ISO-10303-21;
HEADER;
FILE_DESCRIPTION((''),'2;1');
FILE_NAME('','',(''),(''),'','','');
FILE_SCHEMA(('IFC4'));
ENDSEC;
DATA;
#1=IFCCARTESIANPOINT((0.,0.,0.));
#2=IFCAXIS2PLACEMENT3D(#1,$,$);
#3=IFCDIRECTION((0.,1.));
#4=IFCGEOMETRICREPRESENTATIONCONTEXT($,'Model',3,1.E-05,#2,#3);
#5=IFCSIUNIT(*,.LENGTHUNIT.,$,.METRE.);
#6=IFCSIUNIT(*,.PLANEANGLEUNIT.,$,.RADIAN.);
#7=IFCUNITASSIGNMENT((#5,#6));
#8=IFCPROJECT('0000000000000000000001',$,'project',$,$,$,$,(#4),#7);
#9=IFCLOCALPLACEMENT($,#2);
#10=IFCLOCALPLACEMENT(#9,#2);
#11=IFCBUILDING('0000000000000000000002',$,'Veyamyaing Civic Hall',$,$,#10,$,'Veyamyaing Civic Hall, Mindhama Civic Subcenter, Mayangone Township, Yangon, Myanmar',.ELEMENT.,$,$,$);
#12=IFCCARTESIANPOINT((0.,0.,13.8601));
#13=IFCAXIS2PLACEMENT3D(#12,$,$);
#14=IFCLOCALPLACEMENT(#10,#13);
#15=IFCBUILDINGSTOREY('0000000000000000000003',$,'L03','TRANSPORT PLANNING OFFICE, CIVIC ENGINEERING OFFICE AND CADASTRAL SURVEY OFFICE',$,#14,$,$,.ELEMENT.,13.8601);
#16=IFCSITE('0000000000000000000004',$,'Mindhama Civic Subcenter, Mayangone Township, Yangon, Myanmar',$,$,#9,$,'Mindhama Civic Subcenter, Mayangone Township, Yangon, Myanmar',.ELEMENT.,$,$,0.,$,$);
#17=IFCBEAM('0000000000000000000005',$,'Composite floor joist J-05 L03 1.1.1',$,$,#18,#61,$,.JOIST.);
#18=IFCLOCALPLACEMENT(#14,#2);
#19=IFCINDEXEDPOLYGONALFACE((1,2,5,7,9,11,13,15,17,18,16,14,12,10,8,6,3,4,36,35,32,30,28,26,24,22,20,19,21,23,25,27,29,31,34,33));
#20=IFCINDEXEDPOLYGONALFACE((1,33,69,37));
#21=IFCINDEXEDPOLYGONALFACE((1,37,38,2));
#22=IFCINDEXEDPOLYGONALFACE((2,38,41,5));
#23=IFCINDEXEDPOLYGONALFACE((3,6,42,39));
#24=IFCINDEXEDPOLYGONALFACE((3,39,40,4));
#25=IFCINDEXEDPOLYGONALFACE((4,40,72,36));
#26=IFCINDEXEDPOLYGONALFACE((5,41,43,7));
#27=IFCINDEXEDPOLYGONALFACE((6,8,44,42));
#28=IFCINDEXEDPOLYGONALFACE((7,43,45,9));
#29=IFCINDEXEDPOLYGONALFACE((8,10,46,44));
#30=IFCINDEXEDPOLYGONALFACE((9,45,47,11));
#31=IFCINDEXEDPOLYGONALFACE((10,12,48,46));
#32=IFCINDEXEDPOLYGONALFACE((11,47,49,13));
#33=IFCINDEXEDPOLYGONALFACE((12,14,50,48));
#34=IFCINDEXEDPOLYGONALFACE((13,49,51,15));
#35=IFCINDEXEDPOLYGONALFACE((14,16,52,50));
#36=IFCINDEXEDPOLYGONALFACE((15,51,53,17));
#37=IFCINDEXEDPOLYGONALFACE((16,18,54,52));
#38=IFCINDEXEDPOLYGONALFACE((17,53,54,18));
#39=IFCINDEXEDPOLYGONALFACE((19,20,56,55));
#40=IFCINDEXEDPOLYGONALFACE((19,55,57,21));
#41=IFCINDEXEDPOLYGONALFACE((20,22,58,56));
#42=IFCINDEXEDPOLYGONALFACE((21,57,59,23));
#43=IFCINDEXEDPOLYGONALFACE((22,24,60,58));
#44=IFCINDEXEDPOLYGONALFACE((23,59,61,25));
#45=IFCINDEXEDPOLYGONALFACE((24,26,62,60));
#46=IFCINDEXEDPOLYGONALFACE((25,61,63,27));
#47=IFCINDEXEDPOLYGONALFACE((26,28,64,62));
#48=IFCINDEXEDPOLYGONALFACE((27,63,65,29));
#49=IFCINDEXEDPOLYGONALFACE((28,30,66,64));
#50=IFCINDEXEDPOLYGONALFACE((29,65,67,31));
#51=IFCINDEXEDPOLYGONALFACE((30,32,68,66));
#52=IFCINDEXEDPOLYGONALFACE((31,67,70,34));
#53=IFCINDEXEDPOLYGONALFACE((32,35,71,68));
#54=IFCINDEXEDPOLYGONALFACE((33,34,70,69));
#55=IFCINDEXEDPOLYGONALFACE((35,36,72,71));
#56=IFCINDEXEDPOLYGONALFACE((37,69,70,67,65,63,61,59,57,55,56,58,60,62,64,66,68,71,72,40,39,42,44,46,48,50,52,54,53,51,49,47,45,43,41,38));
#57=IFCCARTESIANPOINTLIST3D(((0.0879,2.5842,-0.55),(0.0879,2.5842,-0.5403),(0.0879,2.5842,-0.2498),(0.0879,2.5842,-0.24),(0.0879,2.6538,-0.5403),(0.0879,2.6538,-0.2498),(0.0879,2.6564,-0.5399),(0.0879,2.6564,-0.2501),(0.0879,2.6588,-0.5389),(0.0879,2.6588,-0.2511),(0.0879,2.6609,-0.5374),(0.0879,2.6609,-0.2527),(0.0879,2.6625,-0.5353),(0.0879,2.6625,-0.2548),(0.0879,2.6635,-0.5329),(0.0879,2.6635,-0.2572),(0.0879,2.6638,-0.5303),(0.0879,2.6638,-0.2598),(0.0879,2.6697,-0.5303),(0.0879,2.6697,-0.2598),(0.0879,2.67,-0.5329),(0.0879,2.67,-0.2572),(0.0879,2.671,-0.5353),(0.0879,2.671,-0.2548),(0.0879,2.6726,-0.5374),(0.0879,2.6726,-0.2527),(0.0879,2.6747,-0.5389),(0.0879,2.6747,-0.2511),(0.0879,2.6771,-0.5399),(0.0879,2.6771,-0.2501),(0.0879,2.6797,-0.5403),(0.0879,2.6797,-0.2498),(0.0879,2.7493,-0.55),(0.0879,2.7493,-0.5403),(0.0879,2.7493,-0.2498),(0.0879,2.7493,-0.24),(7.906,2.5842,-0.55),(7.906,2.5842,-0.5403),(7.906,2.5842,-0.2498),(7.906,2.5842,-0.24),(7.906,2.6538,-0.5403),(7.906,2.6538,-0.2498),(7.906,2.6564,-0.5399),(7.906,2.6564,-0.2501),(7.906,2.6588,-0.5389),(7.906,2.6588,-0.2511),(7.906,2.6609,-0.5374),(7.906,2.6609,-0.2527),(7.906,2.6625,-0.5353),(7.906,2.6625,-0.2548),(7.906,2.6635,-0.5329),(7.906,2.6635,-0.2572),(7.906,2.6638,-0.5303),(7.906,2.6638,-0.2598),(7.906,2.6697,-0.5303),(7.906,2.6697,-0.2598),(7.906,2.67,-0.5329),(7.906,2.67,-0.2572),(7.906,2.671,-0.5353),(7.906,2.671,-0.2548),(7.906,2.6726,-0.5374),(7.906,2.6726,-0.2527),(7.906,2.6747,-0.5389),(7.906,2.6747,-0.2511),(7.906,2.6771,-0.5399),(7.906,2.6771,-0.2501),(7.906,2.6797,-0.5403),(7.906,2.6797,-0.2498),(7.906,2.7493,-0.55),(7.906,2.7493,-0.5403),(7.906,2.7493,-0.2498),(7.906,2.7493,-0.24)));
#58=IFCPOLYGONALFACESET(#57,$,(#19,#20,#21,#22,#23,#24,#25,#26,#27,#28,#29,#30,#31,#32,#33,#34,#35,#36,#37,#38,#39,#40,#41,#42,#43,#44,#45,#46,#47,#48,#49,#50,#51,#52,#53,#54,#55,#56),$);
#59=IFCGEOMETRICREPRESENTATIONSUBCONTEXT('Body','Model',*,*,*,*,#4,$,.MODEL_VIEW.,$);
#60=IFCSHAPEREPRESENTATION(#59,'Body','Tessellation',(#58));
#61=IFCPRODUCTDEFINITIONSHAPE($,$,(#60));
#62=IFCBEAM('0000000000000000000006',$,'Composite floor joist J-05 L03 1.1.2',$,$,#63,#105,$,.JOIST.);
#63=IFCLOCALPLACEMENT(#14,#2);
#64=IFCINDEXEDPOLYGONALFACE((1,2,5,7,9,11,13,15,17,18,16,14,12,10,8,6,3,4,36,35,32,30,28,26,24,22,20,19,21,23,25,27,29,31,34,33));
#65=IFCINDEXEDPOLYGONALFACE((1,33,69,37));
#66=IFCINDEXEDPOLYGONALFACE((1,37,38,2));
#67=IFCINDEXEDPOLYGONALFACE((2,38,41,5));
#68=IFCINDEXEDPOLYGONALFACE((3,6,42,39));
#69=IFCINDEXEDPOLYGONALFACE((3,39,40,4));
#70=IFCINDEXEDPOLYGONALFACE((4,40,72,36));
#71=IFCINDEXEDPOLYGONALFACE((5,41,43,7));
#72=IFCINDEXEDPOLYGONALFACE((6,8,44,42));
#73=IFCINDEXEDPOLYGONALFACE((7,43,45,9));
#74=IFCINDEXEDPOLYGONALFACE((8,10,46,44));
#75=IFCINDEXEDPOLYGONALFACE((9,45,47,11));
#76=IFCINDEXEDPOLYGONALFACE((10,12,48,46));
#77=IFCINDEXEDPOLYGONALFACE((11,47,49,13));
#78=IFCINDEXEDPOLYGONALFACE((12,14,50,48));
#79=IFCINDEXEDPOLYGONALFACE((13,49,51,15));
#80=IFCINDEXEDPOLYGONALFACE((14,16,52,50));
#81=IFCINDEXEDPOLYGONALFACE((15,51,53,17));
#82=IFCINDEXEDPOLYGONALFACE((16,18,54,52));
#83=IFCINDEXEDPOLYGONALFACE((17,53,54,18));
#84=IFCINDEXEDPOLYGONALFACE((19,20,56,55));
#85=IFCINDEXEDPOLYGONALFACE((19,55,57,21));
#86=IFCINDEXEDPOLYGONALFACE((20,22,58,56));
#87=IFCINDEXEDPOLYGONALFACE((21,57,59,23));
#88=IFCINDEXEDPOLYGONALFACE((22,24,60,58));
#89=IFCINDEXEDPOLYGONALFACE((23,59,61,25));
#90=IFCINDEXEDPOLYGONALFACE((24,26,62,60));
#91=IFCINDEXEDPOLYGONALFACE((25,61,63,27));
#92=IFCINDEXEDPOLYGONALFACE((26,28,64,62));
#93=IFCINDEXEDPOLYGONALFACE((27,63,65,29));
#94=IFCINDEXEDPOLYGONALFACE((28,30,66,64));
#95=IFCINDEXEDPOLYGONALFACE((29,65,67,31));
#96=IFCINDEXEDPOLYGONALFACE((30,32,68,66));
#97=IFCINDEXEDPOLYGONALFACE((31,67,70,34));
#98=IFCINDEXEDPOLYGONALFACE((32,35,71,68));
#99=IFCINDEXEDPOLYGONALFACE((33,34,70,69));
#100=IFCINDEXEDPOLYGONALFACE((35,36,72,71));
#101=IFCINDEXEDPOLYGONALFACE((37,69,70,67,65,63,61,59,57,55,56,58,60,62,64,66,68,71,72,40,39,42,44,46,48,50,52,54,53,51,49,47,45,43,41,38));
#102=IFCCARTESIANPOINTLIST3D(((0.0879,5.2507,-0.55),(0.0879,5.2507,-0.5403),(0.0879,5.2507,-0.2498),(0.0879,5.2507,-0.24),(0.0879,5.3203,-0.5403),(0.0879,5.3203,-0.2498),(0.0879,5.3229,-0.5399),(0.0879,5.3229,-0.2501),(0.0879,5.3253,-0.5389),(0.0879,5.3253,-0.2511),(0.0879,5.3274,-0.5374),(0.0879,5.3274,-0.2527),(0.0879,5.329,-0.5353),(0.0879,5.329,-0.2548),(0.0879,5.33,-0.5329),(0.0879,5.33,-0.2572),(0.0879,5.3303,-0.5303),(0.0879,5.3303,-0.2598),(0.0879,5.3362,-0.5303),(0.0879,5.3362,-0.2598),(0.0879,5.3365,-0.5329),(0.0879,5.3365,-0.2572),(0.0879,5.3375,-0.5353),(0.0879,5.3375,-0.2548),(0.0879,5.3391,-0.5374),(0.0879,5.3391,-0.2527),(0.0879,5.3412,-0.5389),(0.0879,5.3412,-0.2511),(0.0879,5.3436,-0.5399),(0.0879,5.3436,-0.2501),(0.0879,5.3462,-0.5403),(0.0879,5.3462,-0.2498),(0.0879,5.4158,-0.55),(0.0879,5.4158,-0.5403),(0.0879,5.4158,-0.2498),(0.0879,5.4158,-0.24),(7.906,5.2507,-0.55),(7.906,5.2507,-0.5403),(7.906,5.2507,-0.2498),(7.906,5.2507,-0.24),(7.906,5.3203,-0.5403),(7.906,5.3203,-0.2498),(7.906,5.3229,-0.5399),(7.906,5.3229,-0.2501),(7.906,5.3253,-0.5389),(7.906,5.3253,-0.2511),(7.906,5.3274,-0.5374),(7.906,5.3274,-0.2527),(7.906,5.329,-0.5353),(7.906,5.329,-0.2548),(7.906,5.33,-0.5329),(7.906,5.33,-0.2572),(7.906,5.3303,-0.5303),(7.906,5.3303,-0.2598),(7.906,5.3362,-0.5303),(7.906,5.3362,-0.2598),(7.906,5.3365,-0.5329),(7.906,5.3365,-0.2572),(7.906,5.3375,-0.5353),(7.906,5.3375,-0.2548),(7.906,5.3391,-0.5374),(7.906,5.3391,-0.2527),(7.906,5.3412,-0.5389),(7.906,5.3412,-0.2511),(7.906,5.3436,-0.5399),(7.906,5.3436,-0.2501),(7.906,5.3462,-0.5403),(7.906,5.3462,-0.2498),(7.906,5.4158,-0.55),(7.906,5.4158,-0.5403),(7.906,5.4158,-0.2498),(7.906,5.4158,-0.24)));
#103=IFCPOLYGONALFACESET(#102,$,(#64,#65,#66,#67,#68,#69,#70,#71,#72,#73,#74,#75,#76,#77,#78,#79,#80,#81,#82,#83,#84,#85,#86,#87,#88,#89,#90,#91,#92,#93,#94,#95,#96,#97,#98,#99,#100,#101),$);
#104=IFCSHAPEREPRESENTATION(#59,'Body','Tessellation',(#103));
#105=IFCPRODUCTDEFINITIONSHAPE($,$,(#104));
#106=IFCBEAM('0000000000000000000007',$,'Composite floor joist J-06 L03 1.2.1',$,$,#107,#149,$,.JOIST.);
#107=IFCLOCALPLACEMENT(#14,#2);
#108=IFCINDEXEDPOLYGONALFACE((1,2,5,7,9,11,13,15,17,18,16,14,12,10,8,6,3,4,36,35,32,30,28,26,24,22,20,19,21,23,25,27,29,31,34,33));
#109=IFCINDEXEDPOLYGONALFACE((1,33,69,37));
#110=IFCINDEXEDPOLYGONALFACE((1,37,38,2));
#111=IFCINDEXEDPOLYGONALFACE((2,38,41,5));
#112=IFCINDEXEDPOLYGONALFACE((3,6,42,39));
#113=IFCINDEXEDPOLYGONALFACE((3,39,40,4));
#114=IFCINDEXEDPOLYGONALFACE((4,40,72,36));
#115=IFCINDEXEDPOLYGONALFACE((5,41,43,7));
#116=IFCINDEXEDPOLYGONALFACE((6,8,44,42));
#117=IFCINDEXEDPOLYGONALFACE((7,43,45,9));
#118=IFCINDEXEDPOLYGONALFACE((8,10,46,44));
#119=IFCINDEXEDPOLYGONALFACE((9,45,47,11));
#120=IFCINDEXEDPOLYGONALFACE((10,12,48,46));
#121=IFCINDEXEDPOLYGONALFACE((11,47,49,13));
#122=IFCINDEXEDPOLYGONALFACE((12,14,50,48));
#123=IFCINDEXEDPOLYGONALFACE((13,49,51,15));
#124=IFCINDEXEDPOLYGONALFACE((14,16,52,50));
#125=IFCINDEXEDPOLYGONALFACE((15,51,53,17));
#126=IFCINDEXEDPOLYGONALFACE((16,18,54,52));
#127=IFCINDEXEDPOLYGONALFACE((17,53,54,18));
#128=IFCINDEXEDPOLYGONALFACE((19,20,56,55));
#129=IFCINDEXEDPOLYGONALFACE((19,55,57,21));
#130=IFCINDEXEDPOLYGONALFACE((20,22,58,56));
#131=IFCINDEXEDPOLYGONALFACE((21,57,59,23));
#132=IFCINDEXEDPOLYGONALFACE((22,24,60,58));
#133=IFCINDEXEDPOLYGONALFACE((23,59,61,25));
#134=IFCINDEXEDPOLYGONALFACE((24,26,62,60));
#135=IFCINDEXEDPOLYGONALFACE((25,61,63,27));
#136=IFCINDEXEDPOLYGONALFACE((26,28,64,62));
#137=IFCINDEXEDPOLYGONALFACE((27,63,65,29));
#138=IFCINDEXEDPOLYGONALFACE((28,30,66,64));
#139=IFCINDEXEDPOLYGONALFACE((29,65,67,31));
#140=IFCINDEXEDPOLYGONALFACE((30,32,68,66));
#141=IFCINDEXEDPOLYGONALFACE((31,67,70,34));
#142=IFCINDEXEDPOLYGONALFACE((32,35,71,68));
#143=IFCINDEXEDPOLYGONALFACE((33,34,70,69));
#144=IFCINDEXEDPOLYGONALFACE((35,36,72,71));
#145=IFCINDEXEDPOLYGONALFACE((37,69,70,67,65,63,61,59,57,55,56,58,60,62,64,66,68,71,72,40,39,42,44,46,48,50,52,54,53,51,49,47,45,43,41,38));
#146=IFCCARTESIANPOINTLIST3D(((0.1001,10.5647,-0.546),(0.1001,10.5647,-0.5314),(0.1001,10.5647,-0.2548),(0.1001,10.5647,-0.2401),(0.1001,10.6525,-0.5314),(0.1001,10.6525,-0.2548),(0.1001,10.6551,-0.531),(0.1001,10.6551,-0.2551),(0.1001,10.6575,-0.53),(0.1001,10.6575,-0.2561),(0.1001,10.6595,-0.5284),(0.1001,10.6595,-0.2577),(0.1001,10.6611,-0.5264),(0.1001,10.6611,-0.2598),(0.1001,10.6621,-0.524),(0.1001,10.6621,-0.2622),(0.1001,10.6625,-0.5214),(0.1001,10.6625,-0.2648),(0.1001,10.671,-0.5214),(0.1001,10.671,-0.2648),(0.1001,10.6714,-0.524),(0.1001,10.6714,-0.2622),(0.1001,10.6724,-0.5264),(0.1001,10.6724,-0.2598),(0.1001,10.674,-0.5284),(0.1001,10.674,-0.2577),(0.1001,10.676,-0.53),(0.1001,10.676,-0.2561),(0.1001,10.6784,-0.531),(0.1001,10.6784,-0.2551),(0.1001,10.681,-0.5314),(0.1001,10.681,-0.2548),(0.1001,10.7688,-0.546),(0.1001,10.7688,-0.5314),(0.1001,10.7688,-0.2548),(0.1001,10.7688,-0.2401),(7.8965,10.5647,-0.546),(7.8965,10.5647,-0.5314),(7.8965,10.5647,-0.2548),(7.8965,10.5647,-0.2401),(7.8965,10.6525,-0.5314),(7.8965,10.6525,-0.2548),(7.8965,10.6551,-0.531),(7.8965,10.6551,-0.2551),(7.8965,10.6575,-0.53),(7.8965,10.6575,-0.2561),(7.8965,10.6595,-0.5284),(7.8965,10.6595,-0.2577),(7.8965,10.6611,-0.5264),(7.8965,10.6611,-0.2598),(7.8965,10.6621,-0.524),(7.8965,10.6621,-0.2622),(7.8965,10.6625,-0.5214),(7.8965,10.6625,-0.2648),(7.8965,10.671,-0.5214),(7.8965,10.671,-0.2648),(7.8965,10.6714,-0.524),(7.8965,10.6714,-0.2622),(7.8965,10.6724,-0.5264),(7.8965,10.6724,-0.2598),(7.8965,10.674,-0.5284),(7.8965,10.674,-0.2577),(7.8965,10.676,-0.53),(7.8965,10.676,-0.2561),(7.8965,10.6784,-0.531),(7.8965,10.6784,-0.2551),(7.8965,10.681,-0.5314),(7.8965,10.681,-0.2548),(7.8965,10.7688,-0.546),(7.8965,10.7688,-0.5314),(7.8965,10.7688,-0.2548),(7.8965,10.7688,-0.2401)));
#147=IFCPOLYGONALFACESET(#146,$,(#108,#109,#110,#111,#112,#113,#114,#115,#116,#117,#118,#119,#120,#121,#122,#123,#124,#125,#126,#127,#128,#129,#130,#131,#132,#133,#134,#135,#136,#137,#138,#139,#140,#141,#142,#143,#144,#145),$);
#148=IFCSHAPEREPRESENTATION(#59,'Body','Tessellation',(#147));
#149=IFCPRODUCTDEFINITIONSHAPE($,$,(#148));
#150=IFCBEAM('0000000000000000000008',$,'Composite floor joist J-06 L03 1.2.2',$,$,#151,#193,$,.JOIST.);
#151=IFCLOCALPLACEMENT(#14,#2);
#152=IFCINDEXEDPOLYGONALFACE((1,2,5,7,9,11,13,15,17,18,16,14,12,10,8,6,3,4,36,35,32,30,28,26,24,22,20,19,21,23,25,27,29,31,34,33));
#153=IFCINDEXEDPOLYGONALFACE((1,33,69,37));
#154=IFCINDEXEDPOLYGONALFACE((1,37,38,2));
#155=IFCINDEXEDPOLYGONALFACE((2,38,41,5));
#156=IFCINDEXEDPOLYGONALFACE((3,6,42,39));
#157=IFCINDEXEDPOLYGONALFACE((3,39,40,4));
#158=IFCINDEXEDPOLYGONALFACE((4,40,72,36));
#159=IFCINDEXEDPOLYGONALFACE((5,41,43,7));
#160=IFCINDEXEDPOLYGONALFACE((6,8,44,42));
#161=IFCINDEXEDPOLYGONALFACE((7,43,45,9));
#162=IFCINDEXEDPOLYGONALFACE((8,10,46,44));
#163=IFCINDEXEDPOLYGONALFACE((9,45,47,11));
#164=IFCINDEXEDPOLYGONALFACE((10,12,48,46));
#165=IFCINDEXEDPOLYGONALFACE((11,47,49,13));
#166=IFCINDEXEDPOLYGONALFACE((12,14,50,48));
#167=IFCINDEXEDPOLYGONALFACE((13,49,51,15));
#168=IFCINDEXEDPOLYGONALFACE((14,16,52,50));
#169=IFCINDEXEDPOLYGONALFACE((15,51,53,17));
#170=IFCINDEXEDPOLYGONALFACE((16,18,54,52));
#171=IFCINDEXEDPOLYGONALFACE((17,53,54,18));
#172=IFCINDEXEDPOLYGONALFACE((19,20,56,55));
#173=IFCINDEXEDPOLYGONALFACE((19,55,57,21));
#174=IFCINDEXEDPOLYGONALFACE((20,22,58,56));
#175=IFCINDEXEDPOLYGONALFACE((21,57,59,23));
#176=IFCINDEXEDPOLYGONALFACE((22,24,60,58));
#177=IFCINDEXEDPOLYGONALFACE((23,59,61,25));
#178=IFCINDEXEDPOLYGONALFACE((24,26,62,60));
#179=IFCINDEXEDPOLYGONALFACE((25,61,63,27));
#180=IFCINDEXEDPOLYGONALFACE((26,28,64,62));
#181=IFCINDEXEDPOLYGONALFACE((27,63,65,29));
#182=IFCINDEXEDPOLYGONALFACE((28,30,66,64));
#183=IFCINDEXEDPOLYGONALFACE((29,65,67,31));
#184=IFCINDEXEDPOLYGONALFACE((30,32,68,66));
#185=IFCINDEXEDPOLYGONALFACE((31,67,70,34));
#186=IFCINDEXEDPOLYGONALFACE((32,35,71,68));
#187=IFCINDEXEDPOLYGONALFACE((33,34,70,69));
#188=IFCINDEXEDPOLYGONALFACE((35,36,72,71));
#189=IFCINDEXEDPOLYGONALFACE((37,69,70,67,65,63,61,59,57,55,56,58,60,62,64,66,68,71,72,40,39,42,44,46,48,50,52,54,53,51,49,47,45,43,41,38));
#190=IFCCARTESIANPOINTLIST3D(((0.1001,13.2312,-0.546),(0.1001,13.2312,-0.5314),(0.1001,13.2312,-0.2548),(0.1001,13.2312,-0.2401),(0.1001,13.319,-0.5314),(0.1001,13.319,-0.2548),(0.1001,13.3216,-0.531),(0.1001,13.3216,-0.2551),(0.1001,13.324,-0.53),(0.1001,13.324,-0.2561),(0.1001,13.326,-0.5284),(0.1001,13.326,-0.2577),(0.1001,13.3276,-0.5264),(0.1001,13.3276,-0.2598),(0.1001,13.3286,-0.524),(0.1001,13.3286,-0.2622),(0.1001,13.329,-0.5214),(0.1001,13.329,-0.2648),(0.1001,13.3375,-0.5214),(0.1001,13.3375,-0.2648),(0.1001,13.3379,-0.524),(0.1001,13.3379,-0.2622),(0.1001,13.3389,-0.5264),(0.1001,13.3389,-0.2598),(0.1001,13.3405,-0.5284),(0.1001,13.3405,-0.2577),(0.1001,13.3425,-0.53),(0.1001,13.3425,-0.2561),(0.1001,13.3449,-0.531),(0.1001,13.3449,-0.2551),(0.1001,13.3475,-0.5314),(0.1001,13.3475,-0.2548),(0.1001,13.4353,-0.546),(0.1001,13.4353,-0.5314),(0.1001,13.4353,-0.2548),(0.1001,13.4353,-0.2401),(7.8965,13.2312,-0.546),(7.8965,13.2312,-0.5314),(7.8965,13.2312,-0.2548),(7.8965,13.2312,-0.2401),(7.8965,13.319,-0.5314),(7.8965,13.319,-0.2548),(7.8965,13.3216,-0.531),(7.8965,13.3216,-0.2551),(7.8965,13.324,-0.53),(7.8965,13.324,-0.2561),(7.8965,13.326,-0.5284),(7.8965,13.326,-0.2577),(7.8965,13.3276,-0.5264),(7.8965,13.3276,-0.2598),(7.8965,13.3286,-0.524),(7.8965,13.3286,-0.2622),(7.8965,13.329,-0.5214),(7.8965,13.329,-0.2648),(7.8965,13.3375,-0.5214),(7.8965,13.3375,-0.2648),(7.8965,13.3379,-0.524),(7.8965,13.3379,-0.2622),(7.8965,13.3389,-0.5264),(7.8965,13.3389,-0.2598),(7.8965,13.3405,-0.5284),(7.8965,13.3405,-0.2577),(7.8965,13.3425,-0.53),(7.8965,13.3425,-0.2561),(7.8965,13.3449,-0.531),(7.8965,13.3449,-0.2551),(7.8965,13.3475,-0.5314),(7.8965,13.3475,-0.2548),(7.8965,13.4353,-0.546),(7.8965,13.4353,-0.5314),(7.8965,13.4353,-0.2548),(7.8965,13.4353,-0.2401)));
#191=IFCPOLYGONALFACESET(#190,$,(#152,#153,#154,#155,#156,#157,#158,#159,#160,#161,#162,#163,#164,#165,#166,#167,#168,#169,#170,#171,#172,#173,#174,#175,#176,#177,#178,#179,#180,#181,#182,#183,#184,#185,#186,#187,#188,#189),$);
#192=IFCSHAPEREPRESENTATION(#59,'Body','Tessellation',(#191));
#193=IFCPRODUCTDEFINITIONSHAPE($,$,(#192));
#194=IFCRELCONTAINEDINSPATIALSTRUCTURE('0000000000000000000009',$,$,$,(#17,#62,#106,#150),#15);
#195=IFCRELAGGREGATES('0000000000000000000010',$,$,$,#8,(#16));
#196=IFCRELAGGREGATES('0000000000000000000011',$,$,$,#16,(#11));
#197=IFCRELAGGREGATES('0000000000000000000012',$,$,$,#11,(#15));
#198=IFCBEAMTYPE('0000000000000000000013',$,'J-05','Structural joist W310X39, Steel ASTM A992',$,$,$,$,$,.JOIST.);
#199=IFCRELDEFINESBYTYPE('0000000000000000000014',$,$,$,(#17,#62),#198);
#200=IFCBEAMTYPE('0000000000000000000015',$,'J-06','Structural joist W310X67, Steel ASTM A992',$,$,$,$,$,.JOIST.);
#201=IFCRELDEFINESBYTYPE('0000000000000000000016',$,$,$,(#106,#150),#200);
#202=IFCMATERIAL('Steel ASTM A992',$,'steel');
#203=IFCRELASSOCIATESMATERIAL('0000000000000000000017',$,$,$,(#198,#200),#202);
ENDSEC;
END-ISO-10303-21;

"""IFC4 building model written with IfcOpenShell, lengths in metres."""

from ifc_helpers import new_model, si_unit, direction, frame, origin, origin_2d, place, context, subcontext, project, spatial, i_section, extrude, material, material_profile, profile_set, type_object, element, save


model = new_model("IFC4")

# Units and contexts
model_context = context("Model", 3, precision=1e-05, world=origin(), true_north=direction((0.0, 1.0)))
body_context = subcontext(model_context, "Body", "Model", "MODEL_VIEW")
ifc_project = project(units=[si_unit("LENGTHUNIT", "METRE"), si_unit("PLANEANGLEUNIT", "RADIAN")], contexts=[model_context])

# Site, building, storey
site_placement = place(None, origin())
site = spatial("IfcSite", under=ifc_project, at=site_placement, Name="Mindhama Civic Subcenter, Mayangone Township, Yangon, Myanmar", LongName="Mindhama Civic Subcenter, Mayangone Township, Yangon, Myanmar", CompositionType="ELEMENT", RefElevation=0.0)
building_placement = place(site_placement, origin())
building = spatial("IfcBuilding", under=site, at=building_placement, Name="Veyamyaing Civic Hall", LongName="Veyamyaing Civic Hall, Mindhama Civic Subcenter, Mayangone Township, Yangon, Myanmar", CompositionType="ELEMENT")
storey_placement = place(building_placement, frame((0.0, 0.0, 13.8601)))
storey = spatial("IfcBuildingStorey", under=building, at=storey_placement, Name="L03", Description="TRANSPORT PLANNING OFFICE, CIVIC ENGINEERING OFFICE AND CADASTRAL SURVEY OFFICE", CompositionType="ELEMENT", Elevation=13.8601)

# Beams
ifc_material_1 = material(Name="Steel ASTM A992", Category="steel")
ifc_material_profile_1 = material_profile(ifc_material_1, i_section(OverallWidth=0.165, OverallDepth=0.3101, WebThickness=0.0059, FlangeThickness=0.0098, FilletRadius=0.01, at=origin_2d()), Name="W310X39")
ifc_profile_set_1 = profile_set([ifc_material_profile_1], Name="Steel ASTM A992")
beam_type_1 = type_object("IfcBeamType", Name="J-05", Description="Structural joist W310X39, Steel ASTM A992", PredefinedType="JOIST", material=ifc_profile_set_1)
for number, where, z_axis, x_axis, name in (
    (1, (0.0879, 2.6667, -0.395), (1.0, 0.0, 0.0), (0.0, 1.0, 0.0), "Composite floor joist J-05 L03 1.1.1"),
    (2, (0.0879, 5.3333, -0.395), (1.0, 0.0, 0.0), (0.0, 1.0, 0.0), "Composite floor joist J-05 L03 1.1.2"),
):
    element("IfcBeam", number, at=place(storey_placement, frame(where, z_axis=z_axis, x_axis=x_axis)), inside=storey, type_object=beam_type_1, Name=name, PredefinedType="JOIST", context=body_context, shape_type="SweptSolid", body=[
        extrude(i_section(OverallWidth=0.165, OverallDepth=0.3101, WebThickness=0.0059, FlangeThickness=0.0098, FilletRadius=0.01, at=origin_2d()), origin(), (0.0, 0.0, 1.0), 7.8181),
    ])
ifc_material_profile_2 = material_profile(ifc_material_1, i_section(OverallWidth=0.2041, OverallDepth=0.3059, WebThickness=0.0085, FlangeThickness=0.0146, FilletRadius=0.01, at=origin_2d()), Name="W310X67")
ifc_profile_set_2 = profile_set([ifc_material_profile_2], Name="Steel ASTM A992")
beam_type_2 = type_object("IfcBeamType", Name="J-06", Description="Structural joist W310X67, Steel ASTM A992", PredefinedType="JOIST", material=ifc_profile_set_2)
for number, where, z_axis, x_axis, name in (
    (3, (0.1001, 10.6667, -0.3931), (1.0, 0.0, 0.0), (0.0, 1.0, 0.0), "Composite floor joist J-06 L03 1.2.1"),
    (4, (0.1001, 13.3333, -0.3931), (1.0, 0.0, 0.0), (0.0, 1.0, 0.0), "Composite floor joist J-06 L03 1.2.2"),
):
    element("IfcBeam", number, at=place(storey_placement, frame(where, z_axis=z_axis, x_axis=x_axis)), inside=storey, type_object=beam_type_2, Name=name, PredefinedType="JOIST", context=body_context, shape_type="SweptSolid", body=[
        extrude(i_section(OverallWidth=0.2041, OverallDepth=0.3059, WebThickness=0.0085, FlangeThickness=0.0146, FilletRadius=0.01, at=origin_2d()), origin(), (0.0, 0.0, 1.0), 7.7964),
    ])

save(model, "model.ifc")
